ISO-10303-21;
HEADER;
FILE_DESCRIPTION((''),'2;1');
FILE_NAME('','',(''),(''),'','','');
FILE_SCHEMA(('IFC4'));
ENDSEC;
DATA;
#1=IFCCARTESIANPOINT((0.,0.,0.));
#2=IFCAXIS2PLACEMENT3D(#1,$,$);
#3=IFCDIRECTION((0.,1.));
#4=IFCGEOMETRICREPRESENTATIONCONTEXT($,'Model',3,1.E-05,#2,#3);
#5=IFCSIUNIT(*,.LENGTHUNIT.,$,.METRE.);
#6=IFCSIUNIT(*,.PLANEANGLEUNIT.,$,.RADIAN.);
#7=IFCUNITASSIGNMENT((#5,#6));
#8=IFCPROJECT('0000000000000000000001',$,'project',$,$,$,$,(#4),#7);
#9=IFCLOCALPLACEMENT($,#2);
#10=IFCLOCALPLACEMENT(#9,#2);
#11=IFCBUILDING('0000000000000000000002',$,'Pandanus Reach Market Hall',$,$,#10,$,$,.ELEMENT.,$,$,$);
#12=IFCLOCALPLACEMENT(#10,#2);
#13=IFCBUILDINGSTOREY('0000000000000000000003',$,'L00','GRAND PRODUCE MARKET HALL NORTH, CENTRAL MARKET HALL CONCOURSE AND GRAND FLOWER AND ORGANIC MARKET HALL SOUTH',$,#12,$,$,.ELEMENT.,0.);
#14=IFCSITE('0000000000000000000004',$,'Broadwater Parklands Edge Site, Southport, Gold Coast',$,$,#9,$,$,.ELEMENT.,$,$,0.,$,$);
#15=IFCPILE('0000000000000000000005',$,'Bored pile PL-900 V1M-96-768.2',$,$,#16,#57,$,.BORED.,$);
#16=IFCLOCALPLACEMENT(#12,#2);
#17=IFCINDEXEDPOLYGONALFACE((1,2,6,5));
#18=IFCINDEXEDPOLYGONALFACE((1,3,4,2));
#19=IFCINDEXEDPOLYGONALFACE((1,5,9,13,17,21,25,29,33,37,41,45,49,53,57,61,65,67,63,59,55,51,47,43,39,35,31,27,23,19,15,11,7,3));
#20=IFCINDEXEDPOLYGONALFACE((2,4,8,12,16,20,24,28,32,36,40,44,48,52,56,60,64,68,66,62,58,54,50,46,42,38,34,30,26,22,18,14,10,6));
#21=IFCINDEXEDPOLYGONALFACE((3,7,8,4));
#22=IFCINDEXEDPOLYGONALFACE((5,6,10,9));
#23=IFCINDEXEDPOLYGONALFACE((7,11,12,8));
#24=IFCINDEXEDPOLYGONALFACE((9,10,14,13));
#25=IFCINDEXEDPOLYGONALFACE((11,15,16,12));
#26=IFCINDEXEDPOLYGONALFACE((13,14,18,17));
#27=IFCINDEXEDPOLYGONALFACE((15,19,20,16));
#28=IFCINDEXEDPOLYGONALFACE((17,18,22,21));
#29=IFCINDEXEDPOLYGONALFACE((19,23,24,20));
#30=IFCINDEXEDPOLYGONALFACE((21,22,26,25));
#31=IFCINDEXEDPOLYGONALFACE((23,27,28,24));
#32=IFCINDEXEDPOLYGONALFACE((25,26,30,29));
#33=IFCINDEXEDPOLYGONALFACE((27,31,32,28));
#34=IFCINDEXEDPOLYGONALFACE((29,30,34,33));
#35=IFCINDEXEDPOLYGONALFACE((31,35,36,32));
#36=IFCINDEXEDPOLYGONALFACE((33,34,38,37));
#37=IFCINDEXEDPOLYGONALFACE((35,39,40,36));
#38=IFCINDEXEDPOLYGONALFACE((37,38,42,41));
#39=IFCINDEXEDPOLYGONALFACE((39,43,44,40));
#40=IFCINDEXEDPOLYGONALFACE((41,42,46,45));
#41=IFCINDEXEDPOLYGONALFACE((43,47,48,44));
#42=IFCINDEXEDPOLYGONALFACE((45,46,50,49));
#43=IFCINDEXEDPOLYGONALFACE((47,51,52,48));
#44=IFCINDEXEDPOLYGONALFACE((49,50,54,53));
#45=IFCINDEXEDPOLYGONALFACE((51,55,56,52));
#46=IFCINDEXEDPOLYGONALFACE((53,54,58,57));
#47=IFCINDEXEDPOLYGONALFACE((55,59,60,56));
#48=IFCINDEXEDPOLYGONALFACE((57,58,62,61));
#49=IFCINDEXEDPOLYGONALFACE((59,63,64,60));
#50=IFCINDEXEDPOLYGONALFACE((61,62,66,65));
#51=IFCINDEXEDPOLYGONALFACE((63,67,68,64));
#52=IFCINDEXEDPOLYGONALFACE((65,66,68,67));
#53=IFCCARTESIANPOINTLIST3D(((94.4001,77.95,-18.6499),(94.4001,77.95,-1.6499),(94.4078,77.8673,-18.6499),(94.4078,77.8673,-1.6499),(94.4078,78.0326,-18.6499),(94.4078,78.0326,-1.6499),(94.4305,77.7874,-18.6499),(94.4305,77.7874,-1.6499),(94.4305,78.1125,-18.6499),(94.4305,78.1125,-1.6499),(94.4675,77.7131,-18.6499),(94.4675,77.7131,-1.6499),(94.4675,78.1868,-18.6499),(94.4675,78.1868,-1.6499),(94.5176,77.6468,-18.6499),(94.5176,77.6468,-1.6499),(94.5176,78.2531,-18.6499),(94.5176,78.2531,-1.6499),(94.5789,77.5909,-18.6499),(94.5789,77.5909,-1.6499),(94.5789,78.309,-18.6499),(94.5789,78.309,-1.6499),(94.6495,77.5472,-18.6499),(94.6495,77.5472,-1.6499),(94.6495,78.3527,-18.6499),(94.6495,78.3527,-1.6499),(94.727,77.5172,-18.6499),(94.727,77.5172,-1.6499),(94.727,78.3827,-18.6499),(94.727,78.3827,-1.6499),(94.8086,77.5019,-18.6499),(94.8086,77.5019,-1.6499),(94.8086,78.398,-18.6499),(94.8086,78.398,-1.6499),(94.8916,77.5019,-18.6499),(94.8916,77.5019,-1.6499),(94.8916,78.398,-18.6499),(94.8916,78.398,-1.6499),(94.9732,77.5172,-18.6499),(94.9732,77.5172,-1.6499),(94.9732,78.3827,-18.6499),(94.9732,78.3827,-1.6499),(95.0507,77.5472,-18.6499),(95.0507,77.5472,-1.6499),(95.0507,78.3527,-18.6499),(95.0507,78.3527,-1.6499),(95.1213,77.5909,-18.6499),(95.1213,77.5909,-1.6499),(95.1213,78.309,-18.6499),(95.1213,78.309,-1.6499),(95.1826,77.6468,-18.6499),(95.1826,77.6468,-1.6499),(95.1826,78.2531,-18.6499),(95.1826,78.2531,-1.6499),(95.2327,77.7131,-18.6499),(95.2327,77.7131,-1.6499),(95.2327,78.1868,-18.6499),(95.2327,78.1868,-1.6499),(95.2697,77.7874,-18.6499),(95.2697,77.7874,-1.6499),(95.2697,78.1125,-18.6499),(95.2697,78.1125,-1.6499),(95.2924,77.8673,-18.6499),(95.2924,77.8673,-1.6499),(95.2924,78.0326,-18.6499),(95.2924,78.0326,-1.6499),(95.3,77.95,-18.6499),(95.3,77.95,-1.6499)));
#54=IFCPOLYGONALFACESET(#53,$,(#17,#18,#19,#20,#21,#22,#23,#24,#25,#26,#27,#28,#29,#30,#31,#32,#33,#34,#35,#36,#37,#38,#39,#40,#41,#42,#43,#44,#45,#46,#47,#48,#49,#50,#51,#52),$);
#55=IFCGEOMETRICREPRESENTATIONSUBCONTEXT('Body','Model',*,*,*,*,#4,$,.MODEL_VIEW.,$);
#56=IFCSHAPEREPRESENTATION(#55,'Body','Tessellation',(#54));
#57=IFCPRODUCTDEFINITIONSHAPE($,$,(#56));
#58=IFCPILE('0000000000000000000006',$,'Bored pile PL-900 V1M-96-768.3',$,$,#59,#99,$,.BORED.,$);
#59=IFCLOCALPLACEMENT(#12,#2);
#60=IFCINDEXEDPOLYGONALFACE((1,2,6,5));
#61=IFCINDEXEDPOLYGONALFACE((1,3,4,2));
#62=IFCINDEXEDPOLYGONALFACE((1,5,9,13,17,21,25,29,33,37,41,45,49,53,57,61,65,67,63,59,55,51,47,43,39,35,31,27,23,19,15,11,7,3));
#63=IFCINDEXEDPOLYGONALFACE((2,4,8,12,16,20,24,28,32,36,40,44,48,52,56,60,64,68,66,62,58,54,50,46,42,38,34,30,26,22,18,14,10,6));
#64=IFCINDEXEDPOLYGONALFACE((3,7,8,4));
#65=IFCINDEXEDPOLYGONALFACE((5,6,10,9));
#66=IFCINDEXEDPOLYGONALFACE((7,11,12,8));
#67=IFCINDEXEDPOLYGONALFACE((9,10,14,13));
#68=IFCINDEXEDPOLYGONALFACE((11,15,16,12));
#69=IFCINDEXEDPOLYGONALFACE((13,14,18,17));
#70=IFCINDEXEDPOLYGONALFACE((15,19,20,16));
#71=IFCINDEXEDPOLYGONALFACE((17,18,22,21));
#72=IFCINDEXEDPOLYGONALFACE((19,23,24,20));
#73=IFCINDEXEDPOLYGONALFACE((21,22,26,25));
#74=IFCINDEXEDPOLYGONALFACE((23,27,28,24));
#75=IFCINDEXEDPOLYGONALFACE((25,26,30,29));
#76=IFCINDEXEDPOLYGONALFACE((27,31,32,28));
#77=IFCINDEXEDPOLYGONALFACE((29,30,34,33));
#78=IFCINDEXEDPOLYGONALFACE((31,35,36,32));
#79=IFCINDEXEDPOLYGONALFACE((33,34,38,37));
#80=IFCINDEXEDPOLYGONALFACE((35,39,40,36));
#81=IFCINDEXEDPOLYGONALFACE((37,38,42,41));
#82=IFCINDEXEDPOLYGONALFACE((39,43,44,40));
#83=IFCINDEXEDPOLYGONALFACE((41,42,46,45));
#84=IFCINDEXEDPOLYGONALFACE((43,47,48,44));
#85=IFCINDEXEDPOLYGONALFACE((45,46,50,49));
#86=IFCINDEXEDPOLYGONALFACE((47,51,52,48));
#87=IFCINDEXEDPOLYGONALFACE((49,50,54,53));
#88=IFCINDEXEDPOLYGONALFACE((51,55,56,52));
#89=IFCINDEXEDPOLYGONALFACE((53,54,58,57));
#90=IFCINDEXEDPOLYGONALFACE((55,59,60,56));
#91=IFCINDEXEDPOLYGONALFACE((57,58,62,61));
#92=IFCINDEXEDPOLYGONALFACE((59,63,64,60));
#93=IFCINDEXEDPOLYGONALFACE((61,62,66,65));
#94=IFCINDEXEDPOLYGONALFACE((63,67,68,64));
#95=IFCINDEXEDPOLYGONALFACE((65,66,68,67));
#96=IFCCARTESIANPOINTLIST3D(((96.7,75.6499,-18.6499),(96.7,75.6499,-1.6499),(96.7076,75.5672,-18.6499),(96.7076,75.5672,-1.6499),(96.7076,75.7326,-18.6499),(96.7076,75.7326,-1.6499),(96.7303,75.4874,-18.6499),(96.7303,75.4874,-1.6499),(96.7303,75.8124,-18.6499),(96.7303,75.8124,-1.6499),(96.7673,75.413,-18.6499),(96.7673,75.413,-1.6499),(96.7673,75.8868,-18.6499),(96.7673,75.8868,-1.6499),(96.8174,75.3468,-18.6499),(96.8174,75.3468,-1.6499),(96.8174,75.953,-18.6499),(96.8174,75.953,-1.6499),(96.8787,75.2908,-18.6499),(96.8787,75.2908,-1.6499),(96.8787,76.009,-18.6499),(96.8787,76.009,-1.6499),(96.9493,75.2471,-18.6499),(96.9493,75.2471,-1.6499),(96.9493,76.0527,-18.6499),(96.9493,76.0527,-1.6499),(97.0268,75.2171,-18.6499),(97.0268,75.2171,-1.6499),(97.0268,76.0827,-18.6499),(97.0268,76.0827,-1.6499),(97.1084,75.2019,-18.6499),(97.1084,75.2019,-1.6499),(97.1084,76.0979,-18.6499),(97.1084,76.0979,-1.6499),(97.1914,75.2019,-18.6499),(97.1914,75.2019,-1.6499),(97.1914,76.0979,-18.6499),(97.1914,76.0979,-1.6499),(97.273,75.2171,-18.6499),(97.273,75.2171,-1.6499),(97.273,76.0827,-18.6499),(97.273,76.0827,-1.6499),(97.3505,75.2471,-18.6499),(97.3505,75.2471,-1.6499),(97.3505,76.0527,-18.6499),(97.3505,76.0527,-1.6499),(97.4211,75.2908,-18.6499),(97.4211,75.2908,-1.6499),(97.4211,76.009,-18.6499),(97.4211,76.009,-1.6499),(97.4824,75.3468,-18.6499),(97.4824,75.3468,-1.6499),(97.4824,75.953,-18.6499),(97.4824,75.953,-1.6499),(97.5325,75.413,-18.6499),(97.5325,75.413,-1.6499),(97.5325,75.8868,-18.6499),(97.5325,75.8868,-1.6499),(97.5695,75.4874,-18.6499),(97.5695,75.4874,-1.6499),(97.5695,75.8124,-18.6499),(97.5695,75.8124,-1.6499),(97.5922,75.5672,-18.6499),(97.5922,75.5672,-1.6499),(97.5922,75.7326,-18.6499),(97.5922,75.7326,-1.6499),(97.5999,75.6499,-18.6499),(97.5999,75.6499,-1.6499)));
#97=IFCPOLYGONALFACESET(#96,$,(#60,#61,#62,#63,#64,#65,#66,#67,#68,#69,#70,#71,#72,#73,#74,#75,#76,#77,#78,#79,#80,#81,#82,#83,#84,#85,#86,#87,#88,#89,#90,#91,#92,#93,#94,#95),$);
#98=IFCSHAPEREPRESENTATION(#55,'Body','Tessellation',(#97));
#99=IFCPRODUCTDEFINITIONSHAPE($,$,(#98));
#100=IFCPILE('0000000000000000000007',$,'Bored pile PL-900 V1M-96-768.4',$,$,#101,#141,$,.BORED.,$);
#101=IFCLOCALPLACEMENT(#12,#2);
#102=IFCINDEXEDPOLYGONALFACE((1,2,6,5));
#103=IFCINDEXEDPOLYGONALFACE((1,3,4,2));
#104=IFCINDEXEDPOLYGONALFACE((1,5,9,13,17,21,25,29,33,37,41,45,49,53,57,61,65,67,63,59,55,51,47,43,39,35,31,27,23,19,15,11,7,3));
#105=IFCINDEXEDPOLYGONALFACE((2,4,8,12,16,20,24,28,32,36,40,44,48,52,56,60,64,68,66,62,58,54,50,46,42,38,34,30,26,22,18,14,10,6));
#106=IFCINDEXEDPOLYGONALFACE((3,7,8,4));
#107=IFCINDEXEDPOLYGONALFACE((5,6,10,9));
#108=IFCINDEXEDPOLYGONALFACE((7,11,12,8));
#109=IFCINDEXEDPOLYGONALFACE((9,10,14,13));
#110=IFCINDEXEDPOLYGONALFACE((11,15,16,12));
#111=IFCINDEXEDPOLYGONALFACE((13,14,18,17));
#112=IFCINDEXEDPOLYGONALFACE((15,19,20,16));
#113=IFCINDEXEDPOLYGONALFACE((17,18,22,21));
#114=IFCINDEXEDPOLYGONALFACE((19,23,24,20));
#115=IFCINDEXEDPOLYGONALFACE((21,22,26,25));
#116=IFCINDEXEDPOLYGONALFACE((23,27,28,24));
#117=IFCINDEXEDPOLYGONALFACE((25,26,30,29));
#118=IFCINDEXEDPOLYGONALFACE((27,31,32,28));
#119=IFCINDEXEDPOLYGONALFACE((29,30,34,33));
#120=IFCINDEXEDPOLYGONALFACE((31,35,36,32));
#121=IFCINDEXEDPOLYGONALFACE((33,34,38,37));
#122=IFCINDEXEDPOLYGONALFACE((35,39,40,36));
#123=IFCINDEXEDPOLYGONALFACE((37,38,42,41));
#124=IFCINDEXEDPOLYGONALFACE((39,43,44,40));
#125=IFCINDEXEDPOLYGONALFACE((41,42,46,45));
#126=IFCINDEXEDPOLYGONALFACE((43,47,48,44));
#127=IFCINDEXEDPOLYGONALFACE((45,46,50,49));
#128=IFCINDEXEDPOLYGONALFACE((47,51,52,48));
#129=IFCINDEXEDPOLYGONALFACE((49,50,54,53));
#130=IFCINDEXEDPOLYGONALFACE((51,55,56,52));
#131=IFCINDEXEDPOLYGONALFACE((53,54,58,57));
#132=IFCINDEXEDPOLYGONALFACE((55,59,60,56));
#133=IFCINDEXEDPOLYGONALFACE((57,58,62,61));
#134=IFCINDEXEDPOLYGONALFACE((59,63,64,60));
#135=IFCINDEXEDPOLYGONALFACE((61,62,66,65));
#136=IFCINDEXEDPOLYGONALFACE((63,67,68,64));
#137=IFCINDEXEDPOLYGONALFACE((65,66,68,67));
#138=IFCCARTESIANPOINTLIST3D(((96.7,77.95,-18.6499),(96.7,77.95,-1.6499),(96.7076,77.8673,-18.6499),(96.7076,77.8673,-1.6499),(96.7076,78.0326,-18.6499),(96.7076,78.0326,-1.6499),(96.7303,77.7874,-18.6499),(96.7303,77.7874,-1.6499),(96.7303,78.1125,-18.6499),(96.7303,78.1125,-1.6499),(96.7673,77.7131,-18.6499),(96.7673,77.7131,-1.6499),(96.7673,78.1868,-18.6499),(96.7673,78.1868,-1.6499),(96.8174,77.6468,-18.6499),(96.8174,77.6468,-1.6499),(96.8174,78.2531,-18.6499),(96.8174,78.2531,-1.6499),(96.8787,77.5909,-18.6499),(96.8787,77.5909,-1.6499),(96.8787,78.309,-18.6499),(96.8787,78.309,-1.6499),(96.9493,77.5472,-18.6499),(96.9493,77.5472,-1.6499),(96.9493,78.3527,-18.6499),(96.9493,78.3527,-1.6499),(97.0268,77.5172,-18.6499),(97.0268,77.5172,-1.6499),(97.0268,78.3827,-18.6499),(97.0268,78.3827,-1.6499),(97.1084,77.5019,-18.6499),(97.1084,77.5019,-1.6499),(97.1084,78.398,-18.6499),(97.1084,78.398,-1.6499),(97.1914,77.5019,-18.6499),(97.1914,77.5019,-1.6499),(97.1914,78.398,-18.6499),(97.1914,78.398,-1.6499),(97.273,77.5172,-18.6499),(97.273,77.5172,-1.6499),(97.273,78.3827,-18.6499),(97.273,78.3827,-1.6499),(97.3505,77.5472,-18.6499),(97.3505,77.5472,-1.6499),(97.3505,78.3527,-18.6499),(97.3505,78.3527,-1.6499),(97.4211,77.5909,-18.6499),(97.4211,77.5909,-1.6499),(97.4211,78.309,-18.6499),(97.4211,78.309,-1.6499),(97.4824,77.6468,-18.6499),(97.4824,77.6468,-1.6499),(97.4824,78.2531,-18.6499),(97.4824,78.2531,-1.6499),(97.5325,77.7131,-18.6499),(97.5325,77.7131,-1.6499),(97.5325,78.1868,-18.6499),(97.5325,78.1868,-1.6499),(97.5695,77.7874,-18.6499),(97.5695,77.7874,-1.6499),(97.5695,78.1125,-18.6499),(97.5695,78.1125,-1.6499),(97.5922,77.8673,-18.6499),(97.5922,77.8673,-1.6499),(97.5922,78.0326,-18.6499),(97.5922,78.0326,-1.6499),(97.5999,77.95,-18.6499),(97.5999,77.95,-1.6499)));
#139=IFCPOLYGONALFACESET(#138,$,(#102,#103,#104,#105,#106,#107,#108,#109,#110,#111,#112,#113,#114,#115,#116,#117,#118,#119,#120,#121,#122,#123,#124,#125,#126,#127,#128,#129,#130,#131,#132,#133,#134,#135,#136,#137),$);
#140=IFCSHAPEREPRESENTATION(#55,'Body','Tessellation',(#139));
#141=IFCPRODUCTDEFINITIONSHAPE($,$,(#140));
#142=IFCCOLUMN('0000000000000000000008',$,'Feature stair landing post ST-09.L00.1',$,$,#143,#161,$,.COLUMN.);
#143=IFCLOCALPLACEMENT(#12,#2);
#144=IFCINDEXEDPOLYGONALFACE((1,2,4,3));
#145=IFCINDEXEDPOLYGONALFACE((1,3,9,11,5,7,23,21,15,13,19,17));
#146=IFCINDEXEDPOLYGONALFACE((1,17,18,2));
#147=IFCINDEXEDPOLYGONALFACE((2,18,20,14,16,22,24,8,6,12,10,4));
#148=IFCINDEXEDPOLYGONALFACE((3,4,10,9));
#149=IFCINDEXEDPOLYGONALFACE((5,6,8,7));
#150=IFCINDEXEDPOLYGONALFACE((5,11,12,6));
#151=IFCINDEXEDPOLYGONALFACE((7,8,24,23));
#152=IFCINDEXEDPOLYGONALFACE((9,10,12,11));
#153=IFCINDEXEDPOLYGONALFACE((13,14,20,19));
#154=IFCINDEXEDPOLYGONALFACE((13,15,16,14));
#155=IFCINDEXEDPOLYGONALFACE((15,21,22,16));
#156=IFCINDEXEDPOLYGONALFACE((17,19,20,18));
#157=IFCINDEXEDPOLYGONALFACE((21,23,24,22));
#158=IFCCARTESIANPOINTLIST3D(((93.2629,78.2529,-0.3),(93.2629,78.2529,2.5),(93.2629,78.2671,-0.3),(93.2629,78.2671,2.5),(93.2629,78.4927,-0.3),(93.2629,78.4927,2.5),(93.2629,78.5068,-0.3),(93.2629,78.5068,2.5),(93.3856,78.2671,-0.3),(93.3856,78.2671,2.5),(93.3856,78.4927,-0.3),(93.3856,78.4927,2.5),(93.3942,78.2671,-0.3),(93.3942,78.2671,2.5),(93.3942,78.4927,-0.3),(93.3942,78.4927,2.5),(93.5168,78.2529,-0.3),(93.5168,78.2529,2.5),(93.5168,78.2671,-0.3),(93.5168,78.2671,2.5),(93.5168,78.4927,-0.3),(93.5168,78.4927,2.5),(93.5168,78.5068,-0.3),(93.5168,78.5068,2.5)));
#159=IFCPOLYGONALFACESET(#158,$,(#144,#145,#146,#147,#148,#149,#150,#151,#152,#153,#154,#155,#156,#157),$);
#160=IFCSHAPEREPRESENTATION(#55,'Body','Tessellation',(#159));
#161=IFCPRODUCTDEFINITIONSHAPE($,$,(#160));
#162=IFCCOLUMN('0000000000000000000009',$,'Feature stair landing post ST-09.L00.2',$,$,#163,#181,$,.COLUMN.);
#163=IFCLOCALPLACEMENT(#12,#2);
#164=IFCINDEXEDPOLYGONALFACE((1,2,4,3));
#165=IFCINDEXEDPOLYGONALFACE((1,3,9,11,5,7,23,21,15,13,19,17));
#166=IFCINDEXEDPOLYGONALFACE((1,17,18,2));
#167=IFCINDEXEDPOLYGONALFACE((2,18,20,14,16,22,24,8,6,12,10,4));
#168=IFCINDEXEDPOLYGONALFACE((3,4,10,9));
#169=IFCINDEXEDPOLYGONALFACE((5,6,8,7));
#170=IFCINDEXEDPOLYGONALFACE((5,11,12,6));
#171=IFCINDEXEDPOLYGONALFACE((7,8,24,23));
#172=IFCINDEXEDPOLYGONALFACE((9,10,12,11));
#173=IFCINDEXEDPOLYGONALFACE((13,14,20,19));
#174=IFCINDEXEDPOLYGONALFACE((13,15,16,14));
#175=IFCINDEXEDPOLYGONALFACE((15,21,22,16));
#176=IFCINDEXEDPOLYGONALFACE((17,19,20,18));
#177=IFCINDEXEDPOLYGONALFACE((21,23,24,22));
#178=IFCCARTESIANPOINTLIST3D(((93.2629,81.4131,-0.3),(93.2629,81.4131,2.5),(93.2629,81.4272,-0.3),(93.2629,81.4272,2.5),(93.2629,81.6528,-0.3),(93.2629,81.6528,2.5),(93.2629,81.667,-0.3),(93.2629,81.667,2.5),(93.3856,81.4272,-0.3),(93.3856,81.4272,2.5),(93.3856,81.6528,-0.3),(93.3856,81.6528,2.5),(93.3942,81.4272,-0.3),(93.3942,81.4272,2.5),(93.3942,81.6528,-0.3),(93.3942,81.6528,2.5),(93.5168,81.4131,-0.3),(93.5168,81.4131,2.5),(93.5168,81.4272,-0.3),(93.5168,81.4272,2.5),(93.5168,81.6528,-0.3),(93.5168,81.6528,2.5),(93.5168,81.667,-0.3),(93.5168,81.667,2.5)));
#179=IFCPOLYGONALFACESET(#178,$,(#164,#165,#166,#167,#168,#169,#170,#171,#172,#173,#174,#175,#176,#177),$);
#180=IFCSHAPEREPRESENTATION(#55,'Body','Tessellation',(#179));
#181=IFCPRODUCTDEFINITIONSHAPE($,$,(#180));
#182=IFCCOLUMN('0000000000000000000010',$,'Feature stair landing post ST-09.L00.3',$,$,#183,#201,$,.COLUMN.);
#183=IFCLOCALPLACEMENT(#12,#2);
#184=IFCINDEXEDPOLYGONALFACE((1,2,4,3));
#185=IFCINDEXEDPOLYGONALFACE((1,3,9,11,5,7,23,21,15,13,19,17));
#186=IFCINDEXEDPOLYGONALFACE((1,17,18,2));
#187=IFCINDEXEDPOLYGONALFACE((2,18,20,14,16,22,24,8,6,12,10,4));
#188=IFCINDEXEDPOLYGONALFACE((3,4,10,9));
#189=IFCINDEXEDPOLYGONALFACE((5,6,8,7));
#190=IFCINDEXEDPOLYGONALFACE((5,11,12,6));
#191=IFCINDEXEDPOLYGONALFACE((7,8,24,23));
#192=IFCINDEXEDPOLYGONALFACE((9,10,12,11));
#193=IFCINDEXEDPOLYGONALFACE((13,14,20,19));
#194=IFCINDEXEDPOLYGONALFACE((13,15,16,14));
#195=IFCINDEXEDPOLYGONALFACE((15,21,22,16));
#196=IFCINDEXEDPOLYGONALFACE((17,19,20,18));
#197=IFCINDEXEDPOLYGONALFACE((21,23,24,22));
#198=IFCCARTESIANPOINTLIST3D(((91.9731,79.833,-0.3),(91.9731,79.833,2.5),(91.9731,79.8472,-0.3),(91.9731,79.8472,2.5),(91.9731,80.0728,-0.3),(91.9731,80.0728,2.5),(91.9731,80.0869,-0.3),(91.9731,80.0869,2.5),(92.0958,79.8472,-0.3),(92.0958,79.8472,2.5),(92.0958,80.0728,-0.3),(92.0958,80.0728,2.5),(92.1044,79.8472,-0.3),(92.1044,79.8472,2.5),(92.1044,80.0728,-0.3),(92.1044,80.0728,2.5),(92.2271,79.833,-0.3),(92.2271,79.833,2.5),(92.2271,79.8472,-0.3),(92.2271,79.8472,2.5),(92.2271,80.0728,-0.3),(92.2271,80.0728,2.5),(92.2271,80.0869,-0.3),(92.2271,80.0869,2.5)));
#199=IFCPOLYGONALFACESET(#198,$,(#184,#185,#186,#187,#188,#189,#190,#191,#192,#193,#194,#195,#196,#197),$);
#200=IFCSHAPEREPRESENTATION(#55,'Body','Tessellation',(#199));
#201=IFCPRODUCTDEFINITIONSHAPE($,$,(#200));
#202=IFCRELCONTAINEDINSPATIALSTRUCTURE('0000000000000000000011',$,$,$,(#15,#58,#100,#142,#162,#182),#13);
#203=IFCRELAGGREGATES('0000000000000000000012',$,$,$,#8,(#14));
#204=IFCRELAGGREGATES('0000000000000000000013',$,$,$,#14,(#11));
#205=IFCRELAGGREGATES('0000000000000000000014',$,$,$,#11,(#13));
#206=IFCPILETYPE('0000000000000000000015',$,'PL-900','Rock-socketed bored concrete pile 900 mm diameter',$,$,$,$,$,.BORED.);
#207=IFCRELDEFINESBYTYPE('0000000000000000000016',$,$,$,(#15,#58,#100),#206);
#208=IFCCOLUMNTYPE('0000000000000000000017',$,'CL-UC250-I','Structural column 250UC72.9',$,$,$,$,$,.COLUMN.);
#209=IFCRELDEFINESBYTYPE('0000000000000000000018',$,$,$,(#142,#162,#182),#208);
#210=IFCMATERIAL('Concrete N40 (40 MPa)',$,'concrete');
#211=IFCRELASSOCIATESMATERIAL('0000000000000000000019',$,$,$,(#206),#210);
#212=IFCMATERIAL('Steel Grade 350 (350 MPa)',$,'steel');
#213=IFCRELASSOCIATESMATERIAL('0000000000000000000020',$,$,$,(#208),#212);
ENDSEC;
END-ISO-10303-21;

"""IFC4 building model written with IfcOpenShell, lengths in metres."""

from ifc_helpers import new_model, si_unit, direction, frame, origin, origin_2d, place, context, subcontext, project, spatial, circle, i_section, extrude, material, material_profile, profile_set, type_object, element, save


model = new_model("IFC4")

# Units and contexts
model_context = context("Model", 3, precision=1e-05, world=origin(), true_north=direction((0.0, 1.0)))
body_context = subcontext(model_context, "Body", "Model", "MODEL_VIEW")
ifc_project = project(units=[si_unit("LENGTHUNIT", "METRE"), si_unit("PLANEANGLEUNIT", "RADIAN")], contexts=[model_context])

# Site, building, storey
site_placement = place(None, origin())
site = spatial("IfcSite", under=ifc_project, at=site_placement, Name="Broadwater Parklands Edge Site, Southport, Gold Coast", CompositionType="ELEMENT", RefElevation=0.0)
building_placement = place(site_placement, origin())
building = spatial("IfcBuilding", under=site, at=building_placement, Name="Pandanus Reach Market Hall", CompositionType="ELEMENT")
storey_placement = place(building_placement, origin())
storey = spatial("IfcBuildingStorey", under=building, at=storey_placement, Name="L00", Description="GRAND PRODUCE MARKET HALL NORTH, CENTRAL MARKET HALL CONCOURSE AND GRAND FLOWER AND ORGANIC MARKET HALL SOUTH", CompositionType="ELEMENT", Elevation=0.0)

# Shared definitions
ifc_material_1 = material(Name="Concrete N40 (40 MPa)", Category="concrete")

# Piles
ifc_material_profile_1 = material_profile(ifc_material_1, circle(Radius=0.45, at=origin_2d()), Name="PILE-900D", Category="LoadBearing")
ifc_profile_set_1 = profile_set([ifc_material_profile_1], Name="Concrete N40 (40 MPa)")
pile_type_1 = type_object("IfcPileType", Name="PL-900", Description="Rock-socketed bored concrete pile 900 mm diameter", PredefinedType="BORED", material=ifc_profile_set_1)
for number, where, z_axis, x_axis, name in (
    (1, (94.8501, 77.95, -1.6499), (0.0, 0.0, -1.0), (1.0, 0.0, 0.0), "Bored pile PL-900 V1M-96-768.2"),
    (2, (97.1499, 75.6499, -1.6499), (0.0, 0.0, -1.0), (1.0, 0.0, 0.0), "Bored pile PL-900 V1M-96-768.3"),
    (3, (97.1499, 77.95, -1.6499), (0.0, 0.0, -1.0), (1.0, 0.0, 0.0), "Bored pile PL-900 V1M-96-768.4"),
):
    element("IfcPile", number, at=place(storey_placement, frame(where, z_axis=z_axis, x_axis=x_axis)), inside=storey, type_object=pile_type_1, Name=name, PredefinedType="BORED", context=body_context, shape_type="SweptSolid", body=[
        extrude(circle(Radius=0.45, at=origin_2d()), origin(), (0.0, 0.0, 1.0), 17.0),
    ])

# Columns
ifc_material_2 = material(Name="Steel Grade 350 (350 MPa)", Category="steel")
ifc_material_profile_2 = material_profile(ifc_material_2, i_section(OverallWidth=0.2539, OverallDepth=0.2539, WebThickness=0.0085, FlangeThickness=0.0142, at=origin_2d()), Name="250UC72.9", Category="LoadBearing")
ifc_profile_set_2 = profile_set([ifc_material_profile_2], Name="Steel Grade 350 (350 MPa)")
column_type_1 = type_object("IfcColumnType", Name="CL-UC250-I", Description="Structural column 250UC72.9", PredefinedType="COLUMN", material=ifc_profile_set_2)
for number, where, z_axis, x_axis, name in (
    (4, (93.3899, 78.3799, -0.3), (0.0, 0.0, 1.0), (1.0, 0.0, 0.0), "Feature stair landing post ST-09.L00.1"),
    (5, (93.3899, 81.54, -0.3), (0.0, 0.0, 1.0), (1.0, 0.0, 0.0), "Feature stair landing post ST-09.L00.2"),
    (6, (92.1001, 79.96, -0.3), (0.0, 0.0, 1.0), (1.0, 0.0, 0.0), "Feature stair landing post ST-09.L00.3"),
):
    element("IfcColumn", number, at=place(storey_placement, frame(where, z_axis=z_axis, x_axis=x_axis)), inside=storey, type_object=column_type_1, Name=name, PredefinedType="COLUMN", context=body_context, shape_type="SweptSolid", body=[
        extrude(i_section(OverallWidth=0.2539, OverallDepth=0.2539, WebThickness=0.0085, FlangeThickness=0.0142, at=origin_2d()), origin(), (0.0, 0.0, 1.0), 2.8),
    ])

save(model, "model.ifc")
